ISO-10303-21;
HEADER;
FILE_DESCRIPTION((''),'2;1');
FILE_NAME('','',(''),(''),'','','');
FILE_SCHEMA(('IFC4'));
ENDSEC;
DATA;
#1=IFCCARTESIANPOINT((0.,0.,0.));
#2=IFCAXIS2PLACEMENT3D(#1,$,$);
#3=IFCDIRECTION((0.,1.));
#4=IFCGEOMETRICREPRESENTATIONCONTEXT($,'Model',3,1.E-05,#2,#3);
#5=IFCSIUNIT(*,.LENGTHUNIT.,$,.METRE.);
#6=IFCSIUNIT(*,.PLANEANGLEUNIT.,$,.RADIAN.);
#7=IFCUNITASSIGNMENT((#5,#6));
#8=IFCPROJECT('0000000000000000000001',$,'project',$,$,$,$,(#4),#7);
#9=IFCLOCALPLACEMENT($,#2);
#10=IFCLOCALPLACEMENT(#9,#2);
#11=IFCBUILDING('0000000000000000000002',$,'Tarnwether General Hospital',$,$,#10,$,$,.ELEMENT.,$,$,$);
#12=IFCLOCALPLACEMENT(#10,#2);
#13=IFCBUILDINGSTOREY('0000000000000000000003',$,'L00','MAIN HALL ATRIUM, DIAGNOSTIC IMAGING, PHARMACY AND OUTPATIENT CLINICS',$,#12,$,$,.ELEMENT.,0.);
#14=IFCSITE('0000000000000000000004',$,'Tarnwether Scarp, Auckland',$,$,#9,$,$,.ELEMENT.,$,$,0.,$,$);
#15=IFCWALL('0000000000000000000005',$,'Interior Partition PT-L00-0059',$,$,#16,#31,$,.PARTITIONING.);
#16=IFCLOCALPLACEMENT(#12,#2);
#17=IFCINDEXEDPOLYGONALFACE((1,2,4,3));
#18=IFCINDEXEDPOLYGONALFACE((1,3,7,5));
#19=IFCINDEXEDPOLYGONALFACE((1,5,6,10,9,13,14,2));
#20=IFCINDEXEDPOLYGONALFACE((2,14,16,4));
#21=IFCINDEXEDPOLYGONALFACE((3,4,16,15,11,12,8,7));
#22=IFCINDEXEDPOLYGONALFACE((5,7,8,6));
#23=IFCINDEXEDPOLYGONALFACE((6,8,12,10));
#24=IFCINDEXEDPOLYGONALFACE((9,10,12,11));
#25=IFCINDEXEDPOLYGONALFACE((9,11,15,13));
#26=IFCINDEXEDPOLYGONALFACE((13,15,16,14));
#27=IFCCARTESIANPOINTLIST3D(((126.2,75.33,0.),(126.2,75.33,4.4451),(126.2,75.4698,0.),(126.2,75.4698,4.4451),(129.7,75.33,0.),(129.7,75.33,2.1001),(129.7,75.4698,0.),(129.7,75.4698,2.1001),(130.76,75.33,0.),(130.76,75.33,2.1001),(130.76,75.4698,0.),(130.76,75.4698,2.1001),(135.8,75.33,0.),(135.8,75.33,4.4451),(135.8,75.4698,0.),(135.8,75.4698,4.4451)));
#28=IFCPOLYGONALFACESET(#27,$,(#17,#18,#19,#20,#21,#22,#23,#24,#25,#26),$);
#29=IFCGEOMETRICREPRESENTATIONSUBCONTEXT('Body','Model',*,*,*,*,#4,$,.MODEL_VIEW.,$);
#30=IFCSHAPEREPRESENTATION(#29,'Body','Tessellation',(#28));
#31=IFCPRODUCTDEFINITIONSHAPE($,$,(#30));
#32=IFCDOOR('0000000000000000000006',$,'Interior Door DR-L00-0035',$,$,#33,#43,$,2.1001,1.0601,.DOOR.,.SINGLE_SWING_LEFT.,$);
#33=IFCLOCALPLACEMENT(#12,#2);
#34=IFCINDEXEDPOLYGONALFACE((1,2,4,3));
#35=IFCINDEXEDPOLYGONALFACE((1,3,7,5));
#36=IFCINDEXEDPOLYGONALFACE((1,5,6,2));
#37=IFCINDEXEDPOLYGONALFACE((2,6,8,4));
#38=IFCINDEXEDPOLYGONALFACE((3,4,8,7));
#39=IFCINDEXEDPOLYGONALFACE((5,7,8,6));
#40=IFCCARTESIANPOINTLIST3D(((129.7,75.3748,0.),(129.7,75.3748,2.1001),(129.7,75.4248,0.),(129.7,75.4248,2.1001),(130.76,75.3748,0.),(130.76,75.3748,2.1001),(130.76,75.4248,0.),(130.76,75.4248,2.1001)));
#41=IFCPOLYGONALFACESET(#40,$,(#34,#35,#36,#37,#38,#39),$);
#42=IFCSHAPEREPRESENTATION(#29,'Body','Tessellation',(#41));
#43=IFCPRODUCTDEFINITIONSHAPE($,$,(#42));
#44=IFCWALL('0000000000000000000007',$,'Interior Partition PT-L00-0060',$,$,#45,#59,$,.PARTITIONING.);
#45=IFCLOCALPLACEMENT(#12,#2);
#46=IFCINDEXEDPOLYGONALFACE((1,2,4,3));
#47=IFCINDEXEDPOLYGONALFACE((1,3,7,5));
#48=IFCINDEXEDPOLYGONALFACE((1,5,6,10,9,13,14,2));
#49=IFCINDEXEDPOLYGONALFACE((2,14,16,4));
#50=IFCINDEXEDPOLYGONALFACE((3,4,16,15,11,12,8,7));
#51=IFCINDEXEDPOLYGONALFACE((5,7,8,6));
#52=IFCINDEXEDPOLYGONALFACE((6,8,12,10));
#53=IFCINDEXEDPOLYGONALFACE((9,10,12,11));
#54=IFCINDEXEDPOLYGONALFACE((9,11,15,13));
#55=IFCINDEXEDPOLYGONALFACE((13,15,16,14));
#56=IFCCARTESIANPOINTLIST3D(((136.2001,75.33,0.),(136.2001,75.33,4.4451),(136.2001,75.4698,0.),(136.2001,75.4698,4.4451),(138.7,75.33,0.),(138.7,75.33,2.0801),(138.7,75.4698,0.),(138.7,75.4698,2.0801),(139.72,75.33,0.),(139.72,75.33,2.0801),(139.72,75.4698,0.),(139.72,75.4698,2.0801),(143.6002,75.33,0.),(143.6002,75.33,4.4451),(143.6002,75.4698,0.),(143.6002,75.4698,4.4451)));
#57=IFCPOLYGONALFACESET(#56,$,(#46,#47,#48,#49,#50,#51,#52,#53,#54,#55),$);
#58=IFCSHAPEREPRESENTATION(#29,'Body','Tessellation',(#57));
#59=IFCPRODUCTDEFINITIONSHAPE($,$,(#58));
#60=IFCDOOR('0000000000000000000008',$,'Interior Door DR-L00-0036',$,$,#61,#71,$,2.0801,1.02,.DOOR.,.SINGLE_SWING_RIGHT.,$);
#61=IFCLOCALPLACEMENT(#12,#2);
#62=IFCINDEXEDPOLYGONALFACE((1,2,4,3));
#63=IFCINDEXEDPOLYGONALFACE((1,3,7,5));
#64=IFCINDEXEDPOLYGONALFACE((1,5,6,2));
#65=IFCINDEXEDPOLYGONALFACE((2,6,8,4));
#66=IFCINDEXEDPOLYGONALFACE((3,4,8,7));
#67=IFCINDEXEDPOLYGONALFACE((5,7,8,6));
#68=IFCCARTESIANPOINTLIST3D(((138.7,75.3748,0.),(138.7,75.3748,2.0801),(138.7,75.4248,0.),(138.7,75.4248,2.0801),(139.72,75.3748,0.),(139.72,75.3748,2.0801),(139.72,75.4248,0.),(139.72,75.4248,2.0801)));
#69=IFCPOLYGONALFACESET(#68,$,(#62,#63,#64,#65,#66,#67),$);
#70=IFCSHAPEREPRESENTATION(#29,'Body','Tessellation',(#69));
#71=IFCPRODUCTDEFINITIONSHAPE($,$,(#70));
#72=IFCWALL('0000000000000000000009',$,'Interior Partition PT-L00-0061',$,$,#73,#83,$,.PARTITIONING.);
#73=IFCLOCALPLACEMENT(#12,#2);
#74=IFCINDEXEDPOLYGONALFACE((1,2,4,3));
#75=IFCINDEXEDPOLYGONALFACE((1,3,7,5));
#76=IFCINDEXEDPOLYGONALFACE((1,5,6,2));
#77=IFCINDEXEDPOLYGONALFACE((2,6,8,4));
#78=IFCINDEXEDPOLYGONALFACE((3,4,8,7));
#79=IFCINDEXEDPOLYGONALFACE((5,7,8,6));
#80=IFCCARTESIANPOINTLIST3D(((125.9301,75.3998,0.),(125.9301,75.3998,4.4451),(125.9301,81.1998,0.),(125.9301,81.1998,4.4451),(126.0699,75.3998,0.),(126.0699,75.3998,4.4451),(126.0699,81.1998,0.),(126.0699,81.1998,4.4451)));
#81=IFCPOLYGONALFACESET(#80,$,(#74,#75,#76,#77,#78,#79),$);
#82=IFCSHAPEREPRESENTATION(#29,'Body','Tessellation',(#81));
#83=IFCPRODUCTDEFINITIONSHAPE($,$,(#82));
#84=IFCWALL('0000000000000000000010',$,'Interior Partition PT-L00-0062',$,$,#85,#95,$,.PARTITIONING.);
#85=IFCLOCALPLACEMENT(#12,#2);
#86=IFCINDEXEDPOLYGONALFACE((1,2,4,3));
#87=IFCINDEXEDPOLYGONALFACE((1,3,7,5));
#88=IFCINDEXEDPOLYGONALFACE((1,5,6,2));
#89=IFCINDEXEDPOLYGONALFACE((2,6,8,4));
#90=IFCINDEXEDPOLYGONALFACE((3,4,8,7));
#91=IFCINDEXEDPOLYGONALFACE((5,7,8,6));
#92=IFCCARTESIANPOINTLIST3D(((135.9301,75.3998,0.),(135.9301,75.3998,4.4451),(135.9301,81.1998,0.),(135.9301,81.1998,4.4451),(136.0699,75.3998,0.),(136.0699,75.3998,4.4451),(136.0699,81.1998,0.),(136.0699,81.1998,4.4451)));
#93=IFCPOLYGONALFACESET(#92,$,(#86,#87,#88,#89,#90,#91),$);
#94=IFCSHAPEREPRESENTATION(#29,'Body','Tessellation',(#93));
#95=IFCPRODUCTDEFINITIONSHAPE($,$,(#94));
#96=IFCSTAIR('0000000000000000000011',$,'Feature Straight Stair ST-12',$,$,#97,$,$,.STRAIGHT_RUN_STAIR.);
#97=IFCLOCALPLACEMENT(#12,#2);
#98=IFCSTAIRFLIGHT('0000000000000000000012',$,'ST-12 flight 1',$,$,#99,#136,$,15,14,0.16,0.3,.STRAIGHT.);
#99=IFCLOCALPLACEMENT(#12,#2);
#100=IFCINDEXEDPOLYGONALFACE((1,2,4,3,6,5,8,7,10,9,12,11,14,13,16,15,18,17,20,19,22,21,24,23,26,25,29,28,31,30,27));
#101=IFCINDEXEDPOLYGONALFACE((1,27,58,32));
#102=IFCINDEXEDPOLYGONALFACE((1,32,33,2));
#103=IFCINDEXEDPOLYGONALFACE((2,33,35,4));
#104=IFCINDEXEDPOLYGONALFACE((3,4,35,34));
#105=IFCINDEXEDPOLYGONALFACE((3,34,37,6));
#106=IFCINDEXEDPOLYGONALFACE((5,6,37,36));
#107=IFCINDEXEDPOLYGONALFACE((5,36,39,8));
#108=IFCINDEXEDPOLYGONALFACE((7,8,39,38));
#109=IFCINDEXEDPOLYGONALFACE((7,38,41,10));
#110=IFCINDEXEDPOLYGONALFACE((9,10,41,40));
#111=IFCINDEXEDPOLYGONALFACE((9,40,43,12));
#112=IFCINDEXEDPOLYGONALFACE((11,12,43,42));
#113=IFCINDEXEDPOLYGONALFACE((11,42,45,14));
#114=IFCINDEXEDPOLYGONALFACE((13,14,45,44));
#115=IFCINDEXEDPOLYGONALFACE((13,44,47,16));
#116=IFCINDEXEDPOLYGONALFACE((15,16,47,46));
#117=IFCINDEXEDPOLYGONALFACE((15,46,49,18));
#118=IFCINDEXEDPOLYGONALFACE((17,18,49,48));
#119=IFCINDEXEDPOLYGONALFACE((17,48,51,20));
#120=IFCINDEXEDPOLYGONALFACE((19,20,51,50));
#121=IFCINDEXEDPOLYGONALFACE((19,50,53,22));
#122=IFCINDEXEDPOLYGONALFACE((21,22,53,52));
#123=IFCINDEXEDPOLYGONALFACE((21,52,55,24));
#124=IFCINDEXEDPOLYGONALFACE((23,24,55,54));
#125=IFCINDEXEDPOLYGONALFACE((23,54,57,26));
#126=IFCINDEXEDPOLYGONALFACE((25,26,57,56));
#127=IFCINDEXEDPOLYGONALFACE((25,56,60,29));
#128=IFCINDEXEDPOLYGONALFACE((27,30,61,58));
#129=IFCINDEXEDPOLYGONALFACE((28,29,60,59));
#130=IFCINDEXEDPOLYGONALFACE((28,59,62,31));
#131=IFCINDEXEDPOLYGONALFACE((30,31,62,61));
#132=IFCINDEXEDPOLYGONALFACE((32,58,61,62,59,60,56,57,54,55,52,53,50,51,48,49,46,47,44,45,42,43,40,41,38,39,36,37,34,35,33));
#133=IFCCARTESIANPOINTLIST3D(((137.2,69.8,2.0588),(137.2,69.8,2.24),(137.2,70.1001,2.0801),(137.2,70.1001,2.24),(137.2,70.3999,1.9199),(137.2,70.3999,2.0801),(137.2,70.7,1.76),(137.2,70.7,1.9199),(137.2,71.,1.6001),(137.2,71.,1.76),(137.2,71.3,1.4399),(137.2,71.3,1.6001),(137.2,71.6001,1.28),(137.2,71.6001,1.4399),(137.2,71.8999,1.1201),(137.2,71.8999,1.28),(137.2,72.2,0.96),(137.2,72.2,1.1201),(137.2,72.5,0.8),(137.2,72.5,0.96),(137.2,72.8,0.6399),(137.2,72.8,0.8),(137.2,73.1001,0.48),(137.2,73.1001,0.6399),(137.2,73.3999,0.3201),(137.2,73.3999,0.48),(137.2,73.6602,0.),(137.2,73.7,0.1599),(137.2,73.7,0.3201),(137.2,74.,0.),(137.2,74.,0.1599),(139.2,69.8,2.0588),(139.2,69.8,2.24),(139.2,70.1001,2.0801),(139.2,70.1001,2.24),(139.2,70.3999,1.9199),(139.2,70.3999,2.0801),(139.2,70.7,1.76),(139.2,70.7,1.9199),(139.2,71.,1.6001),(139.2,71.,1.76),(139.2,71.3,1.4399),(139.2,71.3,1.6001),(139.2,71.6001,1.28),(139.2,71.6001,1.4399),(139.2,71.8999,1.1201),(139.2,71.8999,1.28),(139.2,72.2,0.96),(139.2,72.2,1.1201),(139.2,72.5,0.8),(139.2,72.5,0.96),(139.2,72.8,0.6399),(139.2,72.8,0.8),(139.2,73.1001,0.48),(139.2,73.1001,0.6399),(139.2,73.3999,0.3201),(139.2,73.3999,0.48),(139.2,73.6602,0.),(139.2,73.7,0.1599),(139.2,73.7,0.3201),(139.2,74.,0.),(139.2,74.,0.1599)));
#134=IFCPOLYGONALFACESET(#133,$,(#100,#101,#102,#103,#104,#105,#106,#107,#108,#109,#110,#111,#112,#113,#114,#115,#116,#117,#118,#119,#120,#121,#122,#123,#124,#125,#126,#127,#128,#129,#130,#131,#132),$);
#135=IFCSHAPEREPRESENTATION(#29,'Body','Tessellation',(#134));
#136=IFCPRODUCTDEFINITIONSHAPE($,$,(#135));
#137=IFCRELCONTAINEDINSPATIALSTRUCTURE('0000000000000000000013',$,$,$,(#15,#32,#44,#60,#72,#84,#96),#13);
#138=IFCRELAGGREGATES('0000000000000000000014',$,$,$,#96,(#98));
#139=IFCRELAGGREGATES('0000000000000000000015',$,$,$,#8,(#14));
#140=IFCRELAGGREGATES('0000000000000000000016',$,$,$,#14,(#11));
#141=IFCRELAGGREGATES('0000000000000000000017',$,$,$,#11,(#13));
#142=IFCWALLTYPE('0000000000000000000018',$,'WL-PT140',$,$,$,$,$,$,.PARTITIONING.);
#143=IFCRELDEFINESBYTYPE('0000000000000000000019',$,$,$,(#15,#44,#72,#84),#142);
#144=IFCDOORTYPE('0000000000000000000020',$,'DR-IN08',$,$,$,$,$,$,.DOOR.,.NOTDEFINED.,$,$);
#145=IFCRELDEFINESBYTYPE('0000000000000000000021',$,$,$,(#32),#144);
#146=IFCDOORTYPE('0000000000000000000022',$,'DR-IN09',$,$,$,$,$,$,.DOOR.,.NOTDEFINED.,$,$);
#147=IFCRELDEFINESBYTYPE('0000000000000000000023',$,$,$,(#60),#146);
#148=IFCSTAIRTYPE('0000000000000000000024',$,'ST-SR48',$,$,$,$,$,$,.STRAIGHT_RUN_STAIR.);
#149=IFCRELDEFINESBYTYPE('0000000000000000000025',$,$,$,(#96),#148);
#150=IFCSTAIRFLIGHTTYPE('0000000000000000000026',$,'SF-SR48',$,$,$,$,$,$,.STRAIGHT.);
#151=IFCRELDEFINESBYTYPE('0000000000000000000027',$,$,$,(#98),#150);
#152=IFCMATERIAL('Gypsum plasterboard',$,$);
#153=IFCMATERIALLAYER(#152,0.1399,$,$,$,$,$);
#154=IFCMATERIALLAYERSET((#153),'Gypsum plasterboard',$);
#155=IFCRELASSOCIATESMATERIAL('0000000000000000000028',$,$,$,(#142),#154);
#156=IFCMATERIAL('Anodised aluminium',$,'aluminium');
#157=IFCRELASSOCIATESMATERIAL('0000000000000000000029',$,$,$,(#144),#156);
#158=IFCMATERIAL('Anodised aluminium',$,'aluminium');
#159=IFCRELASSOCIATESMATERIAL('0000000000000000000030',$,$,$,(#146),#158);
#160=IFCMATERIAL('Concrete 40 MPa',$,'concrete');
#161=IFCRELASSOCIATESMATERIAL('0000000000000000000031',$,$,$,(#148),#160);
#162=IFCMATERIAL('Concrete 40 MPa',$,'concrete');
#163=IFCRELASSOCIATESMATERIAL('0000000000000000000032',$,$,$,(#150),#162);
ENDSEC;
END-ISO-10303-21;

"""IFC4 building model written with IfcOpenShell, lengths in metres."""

from ifc_helpers import new_model, si_unit, direction, frame, frame_2d, origin, place, context, subcontext, project, spatial, polyline, rectangle, outline, extrude, material, layer, layer_set, type_object, element, fill, aggregate, save


model = new_model("IFC4")

# Units and contexts
model_context = context("Model", 3, precision=1e-05, world=origin(), true_north=direction((0.0, 1.0)))
body_context = subcontext(model_context, "Body", "Model", "MODEL_VIEW")
ifc_project = project(units=[si_unit("LENGTHUNIT", "METRE"), si_unit("PLANEANGLEUNIT", "RADIAN")], contexts=[model_context])

# Site, building, storey
site_placement = place(None, origin())
site = spatial("IfcSite", under=ifc_project, at=site_placement, Name="Tarnwether Scarp, Auckland", CompositionType="ELEMENT", RefElevation=0.0)
building_placement = place(site_placement, origin())
building = spatial("IfcBuilding", under=site, at=building_placement, Name="Tarnwether General Hospital", CompositionType="ELEMENT")
storey_placement = place(building_placement, origin())
storey = spatial("IfcBuildingStorey", under=building, at=storey_placement, Name="L00", Description="MAIN HALL ATRIUM, DIAGNOSTIC IMAGING, PHARMACY AND OUTPATIENT CLINICS", CompositionType="ELEMENT", Elevation=0.0)

# Walls, openings, doors
ifc_material_1 = material(Name="Gypsum plasterboard")
ifc_layer_1 = layer(ifc_material_1, 0.1399)
ifc_layer_set_1 = layer_set([ifc_layer_1], Name="Gypsum plasterboard")
wall_type = type_object("IfcWallType", Name="WL-PT140", PredefinedType="PARTITIONING", material=ifc_layer_set_1)
wall_1_placement = place(storey_placement, frame((126.2, 75.3999, 0.0), z_axis=(0.0, 0.0, 1.0), x_axis=(1.0, 0.0, 0.0)))
wall_1 = element("IfcWall", 1, at=wall_1_placement, inside=storey, type_object=wall_type, Name="Interior Partition PT-L00-0059", PredefinedType="PARTITIONING", context=body_context, shape_type="SweptSolid", body=[
    extrude(rectangle(XDim=9.6001, YDim=0.1399, at=frame_2d((4.8, 0.0))), origin(), (0.0, 0.0, 1.0), 4.4451),
])
opening_1_placement = place(wall_1_placement, frame((3.5, 0.0, 0.0)))
opening_1 = element("IfcOpeningElement", 2, at=opening_1_placement, cuts=wall_1, PredefinedType="OPENING", context=body_context, shape_type="SweptSolid", body=[
    extrude(rectangle(XDim=1.0601, YDim=2.1001, at=frame_2d((0.53, 1.05))), frame((0.0, 0.0801, 0.0), z_axis=(0.0, -1.0, 0.0), x_axis=(1.0, 0.0, 0.0)), (0.0, 0.0, 1.0), 0.1599),
])
ifc_material_2 = material(Name="Anodised aluminium", Category="aluminium")
door_type_1 = type_object("IfcDoorType", Name="DR-IN08", OperationType="NOTDEFINED", PredefinedType="DOOR", material=ifc_material_2)
door_1_placement = place(opening_1_placement, origin())
door_1 = element("IfcDoor", 3, at=door_1_placement, inside=storey, type_object=door_type_1, Name="Interior Door DR-L00-0035", OperationType="SINGLE_SWING_LEFT", OverallHeight=2.1001, OverallWidth=1.0601, PredefinedType="DOOR", context=body_context, shape_type="SweptSolid", body=[
    extrude(rectangle(XDim=1.0601, YDim=2.1001, at=frame_2d((0.53, 1.05))), frame((0.0, 0.0249, 0.0), z_axis=(0.0, -1.0, 0.0), x_axis=(1.0, 0.0, 0.0)), (0.0, 0.0, 1.0), 0.05),
])
fill(opening_1, door_1)
wall_2_placement = place(storey_placement, frame((136.2, 75.3999, 0.0), z_axis=(0.0, 0.0, 1.0), x_axis=(1.0, 0.0, 0.0)))
wall_2 = element("IfcWall", 4, at=wall_2_placement, inside=storey, type_object=wall_type, Name="Interior Partition PT-L00-0060", PredefinedType="PARTITIONING", context=body_context, shape_type="SweptSolid", body=[
    extrude(rectangle(XDim=7.4001, YDim=0.1399, at=frame_2d((3.7002, 0.0))), origin(), (0.0, 0.0, 1.0), 4.4451),
])
opening_2_placement = place(wall_2_placement, frame((2.5, 0.0, 0.0)))
opening_2 = element("IfcOpeningElement", 5, at=opening_2_placement, cuts=wall_2, PredefinedType="OPENING", context=body_context, shape_type="SweptSolid", body=[
    extrude(rectangle(XDim=1.02, YDim=2.0801, at=frame_2d((0.51, 1.04))), frame((0.0, 0.0801, 0.0), z_axis=(0.0, -1.0, 0.0), x_axis=(1.0, 0.0, 0.0)), (0.0, 0.0, 1.0), 0.1599),
])
ifc_material_3 = material(Name="Anodised aluminium", Category="aluminium")
door_type_2 = type_object("IfcDoorType", Name="DR-IN09", OperationType="NOTDEFINED", PredefinedType="DOOR", material=ifc_material_3)
door_2_placement = place(opening_2_placement, origin())
door_2 = element("IfcDoor", 6, at=door_2_placement, inside=storey, type_object=door_type_2, Name="Interior Door DR-L00-0036", OperationType="SINGLE_SWING_RIGHT", OverallHeight=2.0801, OverallWidth=1.02, PredefinedType="DOOR", context=body_context, shape_type="SweptSolid", body=[
    extrude(rectangle(XDim=1.02, YDim=2.0801, at=frame_2d((0.51, 1.04))), frame((0.0, 0.0249, 0.0), z_axis=(0.0, -1.0, 0.0), x_axis=(1.0, 0.0, 0.0)), (0.0, 0.0, 1.0), 0.05),
])
fill(opening_2, door_2)

# Walls
for number, where, z_axis, x_axis, name in (
    (7, (126.0, 75.3999, 0.0), (0.0, 0.0, 1.0), (0.0, 1.0, 0.0), "Interior Partition PT-L00-0061"),
    (8, (136.0, 75.3999, 0.0), (0.0, 0.0, 1.0), (0.0, 1.0, 0.0), "Interior Partition PT-L00-0062"),
):
    element("IfcWall", number, at=place(storey_placement, frame(where, z_axis=z_axis, x_axis=x_axis)), inside=storey, type_object=wall_type, Name=name, PredefinedType="PARTITIONING", context=body_context, shape_type="SweptSolid", body=[
        extrude(rectangle(XDim=5.8, YDim=0.1399, at=frame_2d((2.8999, 0.0))), origin(), (0.0, 0.0, 1.0), 4.4451),
    ])

# Stair, stair flight
ifc_material_4 = material(Name="Concrete 40 MPa", Category="concrete")
stair_type = type_object("IfcStairType", Name="ST-SR48", PredefinedType="STRAIGHT_RUN_STAIR", material=ifc_material_4)
stair_placement = place(storey_placement, origin())
stair = element("IfcStair", 9, at=stair_placement, inside=storey, type_object=stair_type, Name="Feature Straight Stair ST-12", PredefinedType="STRAIGHT_RUN_STAIR")
ifc_material_5 = material(Name="Concrete 40 MPa", Category="concrete")
stair_flight_type = type_object("IfcStairFlightType", Name="SF-SR48", PredefinedType="STRAIGHT", material=ifc_material_5)
stair_flight_placement = place(storey_placement, frame((138.2, 74.0, 0.0), z_axis=(0.0, 0.0, 1.0), x_axis=(0.0, -1.0, 0.0)))
stair_flight = element("IfcStairFlight", 10, at=stair_flight_placement, type_object=stair_flight_type, Name="ST-12 flight 1", NumberOfRisers=15, NumberOfTreads=14, PredefinedType="STRAIGHT", RiserHeight=0.16, TreadLength=0.3, context=body_context, shape_type="SweptSolid", body=[
    extrude(outline(polyline([(0.0, 0.0), (0.0, 0.1599), (0.3, 0.1599), (0.3, 0.3201), (0.6001, 0.3201), (0.6001, 0.48), (0.8999, 0.48), (0.8999, 0.6399), (1.2, 0.6399), (1.2, 0.8), (1.5, 0.8), (1.5, 0.96), (1.8, 0.96), (1.8, 1.1201), (2.1001, 1.1201), (2.1001, 1.28), (2.3999, 1.28), (2.3999, 1.4399), (2.7, 1.4399), (2.7, 1.6001), (3.0, 1.6001), (3.0, 1.76), (3.3, 1.76), (3.3, 1.9199), (3.6001, 1.9199), (3.6001, 2.0801), (3.8999, 2.0801), (3.8999, 2.24), (4.2, 2.24), (4.2, 2.3999), (4.2, 2.0588), (0.3398, 0.0), (0.0, 0.0)])), frame((0.0, 1.0, 0.0), z_axis=(0.0, -1.0, 0.0), x_axis=(1.0, 0.0, 0.0)), (0.0, 0.0, 1.0), 2.0),
])
aggregate(stair, [stair_flight])

save(model, "model.ifc")
